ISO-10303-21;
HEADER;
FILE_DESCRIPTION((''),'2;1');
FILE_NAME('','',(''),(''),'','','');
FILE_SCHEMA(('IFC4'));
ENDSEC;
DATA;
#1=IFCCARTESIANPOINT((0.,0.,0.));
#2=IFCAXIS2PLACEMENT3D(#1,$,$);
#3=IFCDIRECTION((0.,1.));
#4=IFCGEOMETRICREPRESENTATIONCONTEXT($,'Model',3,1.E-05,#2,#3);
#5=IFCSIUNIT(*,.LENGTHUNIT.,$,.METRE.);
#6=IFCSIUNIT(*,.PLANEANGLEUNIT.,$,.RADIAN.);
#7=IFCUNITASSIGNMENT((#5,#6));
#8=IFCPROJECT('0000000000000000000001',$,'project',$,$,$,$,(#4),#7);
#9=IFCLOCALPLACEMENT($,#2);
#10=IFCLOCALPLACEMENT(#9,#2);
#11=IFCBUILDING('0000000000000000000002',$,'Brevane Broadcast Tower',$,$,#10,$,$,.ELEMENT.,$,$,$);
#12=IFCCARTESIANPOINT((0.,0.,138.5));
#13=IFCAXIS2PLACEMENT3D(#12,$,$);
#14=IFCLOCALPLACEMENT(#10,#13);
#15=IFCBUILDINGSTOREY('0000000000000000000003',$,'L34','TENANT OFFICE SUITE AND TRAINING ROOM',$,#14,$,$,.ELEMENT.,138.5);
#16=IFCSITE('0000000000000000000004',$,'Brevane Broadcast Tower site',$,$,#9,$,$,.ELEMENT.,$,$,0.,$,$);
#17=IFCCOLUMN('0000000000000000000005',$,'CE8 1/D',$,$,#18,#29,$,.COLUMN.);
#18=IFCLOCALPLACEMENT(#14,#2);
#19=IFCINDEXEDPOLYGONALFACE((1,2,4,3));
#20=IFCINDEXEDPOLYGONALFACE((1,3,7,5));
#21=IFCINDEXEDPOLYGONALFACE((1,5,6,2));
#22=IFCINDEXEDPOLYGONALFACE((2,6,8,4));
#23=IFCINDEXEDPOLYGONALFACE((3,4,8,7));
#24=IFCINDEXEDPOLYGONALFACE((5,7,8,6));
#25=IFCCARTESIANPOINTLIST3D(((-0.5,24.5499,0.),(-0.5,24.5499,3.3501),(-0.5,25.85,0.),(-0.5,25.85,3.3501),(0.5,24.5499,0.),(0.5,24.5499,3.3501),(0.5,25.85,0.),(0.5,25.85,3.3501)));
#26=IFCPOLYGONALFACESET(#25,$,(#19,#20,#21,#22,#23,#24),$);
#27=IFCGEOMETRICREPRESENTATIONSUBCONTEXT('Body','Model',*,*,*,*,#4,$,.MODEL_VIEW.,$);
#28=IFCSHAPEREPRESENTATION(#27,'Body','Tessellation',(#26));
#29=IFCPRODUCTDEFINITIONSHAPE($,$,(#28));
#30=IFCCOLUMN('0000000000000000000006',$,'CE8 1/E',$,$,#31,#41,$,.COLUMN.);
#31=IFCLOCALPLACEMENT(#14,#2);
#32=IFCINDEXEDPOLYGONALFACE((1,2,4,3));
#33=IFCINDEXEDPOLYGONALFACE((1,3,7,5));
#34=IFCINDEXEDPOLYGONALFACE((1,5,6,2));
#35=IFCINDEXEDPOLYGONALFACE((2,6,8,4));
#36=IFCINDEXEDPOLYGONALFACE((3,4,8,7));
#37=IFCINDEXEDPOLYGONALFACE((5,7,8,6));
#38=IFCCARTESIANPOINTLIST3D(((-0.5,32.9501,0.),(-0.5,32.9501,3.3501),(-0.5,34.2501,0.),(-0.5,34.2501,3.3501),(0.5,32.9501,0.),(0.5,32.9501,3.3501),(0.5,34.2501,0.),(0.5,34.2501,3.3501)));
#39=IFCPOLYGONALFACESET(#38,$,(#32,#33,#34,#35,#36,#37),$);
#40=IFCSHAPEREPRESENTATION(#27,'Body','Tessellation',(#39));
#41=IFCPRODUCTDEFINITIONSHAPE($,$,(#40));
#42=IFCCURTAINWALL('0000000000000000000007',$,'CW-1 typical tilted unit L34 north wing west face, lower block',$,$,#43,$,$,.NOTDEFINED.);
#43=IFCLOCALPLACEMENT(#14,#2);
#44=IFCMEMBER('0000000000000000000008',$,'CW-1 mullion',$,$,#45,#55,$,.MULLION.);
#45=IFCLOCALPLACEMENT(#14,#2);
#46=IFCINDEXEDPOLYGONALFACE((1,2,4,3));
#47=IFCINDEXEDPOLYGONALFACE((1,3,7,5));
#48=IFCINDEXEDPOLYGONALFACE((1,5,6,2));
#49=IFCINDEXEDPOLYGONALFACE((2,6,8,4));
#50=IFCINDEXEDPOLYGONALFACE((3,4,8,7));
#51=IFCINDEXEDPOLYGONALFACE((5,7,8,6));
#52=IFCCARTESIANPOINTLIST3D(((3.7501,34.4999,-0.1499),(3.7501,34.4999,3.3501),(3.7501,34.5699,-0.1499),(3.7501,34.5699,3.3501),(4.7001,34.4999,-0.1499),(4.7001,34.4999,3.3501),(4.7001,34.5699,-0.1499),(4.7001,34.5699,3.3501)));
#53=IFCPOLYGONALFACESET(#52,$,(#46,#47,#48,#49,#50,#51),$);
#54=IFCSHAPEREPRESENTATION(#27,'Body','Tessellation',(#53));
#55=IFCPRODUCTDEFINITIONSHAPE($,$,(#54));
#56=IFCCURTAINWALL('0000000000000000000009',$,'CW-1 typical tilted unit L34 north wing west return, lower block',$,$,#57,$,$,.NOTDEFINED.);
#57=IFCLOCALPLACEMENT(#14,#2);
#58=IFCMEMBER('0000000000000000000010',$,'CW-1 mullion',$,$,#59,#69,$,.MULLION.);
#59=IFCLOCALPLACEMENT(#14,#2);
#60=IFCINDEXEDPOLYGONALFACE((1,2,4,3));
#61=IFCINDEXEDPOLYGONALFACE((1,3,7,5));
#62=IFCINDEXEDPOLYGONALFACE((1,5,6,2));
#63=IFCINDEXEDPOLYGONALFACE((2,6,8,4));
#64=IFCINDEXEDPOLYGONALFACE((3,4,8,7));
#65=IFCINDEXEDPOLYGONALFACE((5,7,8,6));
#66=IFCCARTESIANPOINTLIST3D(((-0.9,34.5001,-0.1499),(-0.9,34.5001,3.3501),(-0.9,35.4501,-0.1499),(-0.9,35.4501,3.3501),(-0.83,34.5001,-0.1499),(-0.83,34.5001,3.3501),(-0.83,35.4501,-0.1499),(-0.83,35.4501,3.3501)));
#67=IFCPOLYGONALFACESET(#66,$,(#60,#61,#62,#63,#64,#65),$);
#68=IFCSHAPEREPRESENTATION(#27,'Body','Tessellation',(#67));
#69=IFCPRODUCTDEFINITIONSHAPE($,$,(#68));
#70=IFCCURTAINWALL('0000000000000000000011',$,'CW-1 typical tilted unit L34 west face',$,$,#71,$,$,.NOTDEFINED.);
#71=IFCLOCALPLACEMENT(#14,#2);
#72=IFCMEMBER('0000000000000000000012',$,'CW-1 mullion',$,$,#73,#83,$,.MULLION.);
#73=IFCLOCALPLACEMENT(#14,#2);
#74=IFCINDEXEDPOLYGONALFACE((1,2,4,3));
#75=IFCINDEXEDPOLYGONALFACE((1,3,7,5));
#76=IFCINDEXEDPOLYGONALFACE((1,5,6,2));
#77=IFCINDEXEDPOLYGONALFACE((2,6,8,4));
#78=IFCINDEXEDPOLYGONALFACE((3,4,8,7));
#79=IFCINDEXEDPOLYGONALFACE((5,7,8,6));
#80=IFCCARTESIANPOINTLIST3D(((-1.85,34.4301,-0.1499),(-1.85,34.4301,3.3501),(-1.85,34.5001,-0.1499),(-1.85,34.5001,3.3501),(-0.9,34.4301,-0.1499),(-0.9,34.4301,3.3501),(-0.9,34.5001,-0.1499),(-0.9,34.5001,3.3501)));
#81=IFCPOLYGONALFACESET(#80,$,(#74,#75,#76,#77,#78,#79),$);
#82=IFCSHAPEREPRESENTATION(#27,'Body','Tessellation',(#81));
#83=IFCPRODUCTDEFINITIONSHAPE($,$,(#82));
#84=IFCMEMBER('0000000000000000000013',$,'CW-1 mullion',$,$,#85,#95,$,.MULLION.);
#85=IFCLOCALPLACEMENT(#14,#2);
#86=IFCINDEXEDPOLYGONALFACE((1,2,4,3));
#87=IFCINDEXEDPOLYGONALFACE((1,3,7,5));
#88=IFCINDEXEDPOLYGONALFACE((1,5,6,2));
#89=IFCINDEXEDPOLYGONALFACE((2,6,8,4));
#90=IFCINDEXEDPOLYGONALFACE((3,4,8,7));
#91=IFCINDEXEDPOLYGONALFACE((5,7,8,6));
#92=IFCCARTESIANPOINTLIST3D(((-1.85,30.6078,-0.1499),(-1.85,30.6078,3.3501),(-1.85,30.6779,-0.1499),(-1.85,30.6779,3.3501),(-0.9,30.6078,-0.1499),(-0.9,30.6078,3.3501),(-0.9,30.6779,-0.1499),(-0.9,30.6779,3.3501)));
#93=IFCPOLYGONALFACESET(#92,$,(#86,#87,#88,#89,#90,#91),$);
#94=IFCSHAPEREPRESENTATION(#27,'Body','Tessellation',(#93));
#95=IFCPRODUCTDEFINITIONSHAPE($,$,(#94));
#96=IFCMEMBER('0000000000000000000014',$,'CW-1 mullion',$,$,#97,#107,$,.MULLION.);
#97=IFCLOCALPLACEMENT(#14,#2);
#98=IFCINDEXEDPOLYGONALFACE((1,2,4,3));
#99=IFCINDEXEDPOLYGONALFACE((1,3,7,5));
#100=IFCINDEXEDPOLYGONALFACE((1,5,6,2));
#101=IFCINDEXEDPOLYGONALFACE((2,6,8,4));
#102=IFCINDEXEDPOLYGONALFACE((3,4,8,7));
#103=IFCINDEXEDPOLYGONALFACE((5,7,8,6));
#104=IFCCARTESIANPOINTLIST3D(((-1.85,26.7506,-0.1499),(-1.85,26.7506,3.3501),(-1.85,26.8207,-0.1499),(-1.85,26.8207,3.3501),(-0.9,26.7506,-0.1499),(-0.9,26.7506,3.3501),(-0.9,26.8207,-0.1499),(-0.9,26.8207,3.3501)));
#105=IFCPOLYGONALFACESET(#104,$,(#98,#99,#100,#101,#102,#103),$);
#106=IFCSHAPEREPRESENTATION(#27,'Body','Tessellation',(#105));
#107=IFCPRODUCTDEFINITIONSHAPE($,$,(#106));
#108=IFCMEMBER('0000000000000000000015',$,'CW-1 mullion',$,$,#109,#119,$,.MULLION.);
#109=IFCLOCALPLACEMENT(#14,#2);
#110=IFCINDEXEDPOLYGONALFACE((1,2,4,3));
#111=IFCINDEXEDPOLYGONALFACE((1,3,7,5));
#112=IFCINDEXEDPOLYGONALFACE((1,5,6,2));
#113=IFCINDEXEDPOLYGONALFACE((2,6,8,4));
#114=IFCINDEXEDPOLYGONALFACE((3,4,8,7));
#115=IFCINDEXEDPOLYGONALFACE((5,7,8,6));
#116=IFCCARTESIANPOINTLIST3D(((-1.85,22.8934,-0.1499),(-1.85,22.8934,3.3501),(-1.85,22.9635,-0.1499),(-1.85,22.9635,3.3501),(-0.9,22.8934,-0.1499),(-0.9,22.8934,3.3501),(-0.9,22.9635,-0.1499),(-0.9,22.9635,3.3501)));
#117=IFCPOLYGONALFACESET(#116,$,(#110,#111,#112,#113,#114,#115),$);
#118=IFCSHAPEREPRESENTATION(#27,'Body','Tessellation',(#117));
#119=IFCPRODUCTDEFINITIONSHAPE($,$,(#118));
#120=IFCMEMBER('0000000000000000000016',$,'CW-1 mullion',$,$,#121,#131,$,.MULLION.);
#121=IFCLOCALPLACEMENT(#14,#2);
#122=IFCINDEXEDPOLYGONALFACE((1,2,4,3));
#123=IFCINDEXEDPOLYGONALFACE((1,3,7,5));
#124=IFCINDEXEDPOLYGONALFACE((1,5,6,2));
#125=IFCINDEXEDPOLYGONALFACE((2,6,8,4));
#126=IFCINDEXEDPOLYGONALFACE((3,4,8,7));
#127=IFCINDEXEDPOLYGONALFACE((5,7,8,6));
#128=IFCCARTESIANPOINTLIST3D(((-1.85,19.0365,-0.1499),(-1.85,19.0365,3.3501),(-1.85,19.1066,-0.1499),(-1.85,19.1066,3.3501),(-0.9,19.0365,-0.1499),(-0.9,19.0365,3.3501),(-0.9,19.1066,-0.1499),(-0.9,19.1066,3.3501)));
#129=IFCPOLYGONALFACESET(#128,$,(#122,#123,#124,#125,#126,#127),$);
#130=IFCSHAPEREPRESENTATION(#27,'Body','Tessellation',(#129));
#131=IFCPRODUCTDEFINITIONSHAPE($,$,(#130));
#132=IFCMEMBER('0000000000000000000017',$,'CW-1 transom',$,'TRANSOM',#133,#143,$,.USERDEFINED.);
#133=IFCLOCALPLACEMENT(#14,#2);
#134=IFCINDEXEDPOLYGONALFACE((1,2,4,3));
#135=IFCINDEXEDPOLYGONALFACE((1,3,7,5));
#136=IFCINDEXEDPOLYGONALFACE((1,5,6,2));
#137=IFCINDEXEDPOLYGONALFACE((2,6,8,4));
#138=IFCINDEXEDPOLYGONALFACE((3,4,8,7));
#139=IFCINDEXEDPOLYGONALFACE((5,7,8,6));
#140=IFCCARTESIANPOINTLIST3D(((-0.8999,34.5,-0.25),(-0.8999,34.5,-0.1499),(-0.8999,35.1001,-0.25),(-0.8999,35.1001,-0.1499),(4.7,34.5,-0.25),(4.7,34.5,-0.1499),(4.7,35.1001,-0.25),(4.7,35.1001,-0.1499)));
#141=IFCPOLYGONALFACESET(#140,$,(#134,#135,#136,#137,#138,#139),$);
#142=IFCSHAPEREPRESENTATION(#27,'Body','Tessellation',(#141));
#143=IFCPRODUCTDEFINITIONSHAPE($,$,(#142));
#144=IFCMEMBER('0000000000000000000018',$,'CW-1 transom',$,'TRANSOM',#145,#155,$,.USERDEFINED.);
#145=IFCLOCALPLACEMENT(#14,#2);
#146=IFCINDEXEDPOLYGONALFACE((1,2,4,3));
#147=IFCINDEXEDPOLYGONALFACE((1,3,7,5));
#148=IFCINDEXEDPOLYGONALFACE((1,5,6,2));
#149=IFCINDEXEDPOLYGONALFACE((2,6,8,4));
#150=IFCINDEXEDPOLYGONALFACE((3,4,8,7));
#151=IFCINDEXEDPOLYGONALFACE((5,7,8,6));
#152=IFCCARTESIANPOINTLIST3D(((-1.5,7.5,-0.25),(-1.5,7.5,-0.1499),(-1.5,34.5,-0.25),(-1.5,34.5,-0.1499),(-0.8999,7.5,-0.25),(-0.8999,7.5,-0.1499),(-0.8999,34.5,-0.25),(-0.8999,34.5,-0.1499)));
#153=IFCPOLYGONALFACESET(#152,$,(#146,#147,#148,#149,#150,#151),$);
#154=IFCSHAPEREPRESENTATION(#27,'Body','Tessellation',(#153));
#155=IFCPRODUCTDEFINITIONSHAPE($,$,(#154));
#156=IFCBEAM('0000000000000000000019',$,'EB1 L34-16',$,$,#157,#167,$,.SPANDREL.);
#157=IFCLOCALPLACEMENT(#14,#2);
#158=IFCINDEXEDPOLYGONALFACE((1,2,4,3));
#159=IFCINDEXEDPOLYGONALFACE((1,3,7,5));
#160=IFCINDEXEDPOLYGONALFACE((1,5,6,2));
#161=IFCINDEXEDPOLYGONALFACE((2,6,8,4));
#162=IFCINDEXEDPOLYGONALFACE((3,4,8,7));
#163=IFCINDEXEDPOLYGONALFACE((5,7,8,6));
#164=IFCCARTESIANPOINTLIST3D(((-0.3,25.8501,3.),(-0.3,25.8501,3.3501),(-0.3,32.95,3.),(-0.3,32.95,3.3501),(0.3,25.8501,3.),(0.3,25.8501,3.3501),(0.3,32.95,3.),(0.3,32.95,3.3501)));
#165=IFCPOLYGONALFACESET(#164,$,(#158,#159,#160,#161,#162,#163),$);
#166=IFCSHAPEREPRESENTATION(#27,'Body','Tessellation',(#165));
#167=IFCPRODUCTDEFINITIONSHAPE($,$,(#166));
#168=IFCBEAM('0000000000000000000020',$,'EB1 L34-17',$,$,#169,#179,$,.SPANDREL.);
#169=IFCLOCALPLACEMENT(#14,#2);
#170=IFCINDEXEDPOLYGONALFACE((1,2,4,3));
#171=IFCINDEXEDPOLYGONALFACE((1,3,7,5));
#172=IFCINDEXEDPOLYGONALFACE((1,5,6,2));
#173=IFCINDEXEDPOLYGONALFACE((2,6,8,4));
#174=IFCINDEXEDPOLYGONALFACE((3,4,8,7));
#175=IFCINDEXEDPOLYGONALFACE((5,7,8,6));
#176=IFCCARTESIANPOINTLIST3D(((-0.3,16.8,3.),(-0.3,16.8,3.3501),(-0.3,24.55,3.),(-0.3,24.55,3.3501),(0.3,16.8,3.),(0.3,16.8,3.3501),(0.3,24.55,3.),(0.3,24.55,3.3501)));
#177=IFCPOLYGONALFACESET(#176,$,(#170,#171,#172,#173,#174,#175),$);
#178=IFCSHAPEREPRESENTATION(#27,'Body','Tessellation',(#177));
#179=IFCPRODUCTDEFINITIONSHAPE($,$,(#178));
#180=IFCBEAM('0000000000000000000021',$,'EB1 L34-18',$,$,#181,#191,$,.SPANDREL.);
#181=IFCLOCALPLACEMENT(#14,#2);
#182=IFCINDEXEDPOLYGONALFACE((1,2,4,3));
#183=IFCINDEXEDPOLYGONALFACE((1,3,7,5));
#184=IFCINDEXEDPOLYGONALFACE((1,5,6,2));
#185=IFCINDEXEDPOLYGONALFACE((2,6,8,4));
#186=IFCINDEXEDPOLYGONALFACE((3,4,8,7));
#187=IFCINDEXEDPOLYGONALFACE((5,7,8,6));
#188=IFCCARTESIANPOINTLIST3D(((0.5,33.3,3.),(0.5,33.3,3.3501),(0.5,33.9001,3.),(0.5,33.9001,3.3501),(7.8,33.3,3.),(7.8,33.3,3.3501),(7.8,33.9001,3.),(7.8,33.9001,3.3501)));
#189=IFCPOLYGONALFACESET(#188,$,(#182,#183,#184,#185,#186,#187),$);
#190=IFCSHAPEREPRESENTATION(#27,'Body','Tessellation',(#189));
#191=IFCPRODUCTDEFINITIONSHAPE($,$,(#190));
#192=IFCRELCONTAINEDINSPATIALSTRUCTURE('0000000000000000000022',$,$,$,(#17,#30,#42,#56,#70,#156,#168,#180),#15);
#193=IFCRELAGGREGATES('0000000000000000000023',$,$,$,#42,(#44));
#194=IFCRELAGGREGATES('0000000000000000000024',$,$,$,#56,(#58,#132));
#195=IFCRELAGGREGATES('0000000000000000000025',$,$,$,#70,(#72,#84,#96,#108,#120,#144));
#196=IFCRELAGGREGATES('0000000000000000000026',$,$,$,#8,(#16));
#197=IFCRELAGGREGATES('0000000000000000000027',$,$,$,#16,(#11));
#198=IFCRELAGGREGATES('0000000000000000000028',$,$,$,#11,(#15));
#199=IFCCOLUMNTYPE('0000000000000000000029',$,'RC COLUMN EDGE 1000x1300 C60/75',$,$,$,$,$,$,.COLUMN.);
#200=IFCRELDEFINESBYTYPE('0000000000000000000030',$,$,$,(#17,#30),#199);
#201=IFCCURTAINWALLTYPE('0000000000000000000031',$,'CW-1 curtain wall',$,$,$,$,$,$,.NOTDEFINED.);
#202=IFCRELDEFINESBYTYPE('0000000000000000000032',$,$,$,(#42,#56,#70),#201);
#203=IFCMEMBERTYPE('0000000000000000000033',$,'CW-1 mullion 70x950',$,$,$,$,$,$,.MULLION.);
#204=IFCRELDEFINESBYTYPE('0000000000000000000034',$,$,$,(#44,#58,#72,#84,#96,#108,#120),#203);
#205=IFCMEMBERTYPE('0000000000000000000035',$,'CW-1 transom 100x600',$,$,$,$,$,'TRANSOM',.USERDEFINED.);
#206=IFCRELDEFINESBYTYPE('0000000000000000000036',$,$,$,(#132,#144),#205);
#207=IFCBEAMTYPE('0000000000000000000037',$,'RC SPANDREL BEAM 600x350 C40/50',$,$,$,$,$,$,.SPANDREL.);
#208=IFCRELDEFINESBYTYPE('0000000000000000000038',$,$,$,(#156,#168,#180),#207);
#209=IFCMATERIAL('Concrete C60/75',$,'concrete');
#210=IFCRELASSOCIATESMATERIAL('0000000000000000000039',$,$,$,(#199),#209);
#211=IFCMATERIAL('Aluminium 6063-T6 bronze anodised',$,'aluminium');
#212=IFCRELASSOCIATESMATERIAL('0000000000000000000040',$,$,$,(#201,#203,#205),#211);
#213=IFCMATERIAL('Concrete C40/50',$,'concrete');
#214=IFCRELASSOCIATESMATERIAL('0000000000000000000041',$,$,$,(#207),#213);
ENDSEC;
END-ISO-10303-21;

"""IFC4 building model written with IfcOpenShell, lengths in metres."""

from ifc_helpers import new_model, si_unit, direction, frame, origin, origin_2d, place, context, subcontext, project, spatial, rectangle, extrude, material, material_profile, profile_set, type_object, element, aggregate, save


model = new_model("IFC4")

# Units and contexts
model_context = context("Model", 3, precision=1e-05, world=origin(), true_north=direction((0.0, 1.0)))
body_context = subcontext(model_context, "Body", "Model", "MODEL_VIEW")
ifc_project = project(units=[si_unit("LENGTHUNIT", "METRE"), si_unit("PLANEANGLEUNIT", "RADIAN")], contexts=[model_context])

# Site, building, storey
site_placement = place(None, origin())
site = spatial("IfcSite", under=ifc_project, at=site_placement, Name="Brevane Broadcast Tower site", CompositionType="ELEMENT", RefElevation=0.0)
building_placement = place(site_placement, origin())
building = spatial("IfcBuilding", under=site, at=building_placement, Name="Brevane Broadcast Tower", CompositionType="ELEMENT")
storey_placement = place(building_placement, frame((0.0, 0.0, 138.5)))
storey = spatial("IfcBuildingStorey", under=building, at=storey_placement, Name="L34", Description="TENANT OFFICE SUITE AND TRAINING ROOM", CompositionType="ELEMENT", Elevation=138.5)

# Columns
ifc_material_1 = material(Name="Concrete C60/75", Category="concrete")
ifc_material_profile_1 = material_profile(ifc_material_1, rectangle(XDim=1.0, YDim=1.3, at=origin_2d()), Name="RC 1000x1300")
ifc_profile_set_1 = profile_set([ifc_material_profile_1], Name="Concrete C60/75")
column_type = type_object("IfcColumnType", Name="RC COLUMN EDGE 1000x1300 C60/75", PredefinedType="COLUMN", material=ifc_profile_set_1)
for number, where, z_axis, x_axis, name in (
    (1, (0.0, 25.2, 0.0), (0.0, 0.0, 1.0), (1.0, 0.0, 0.0), "CE8 1/D"),
    (2, (0.0, 33.6001, 0.0), (0.0, 0.0, 1.0), (1.0, 0.0, 0.0), "CE8 1/E"),
):
    element("IfcColumn", number, at=place(storey_placement, frame(where, z_axis=z_axis, x_axis=x_axis)), inside=storey, type_object=column_type, Name=name, PredefinedType="COLUMN", context=body_context, shape_type="SweptSolid", body=[
        extrude(rectangle(XDim=1.0, YDim=1.3, at=origin_2d()), origin(), (0.0, 0.0, 1.0), 3.3501),
    ])

# Curtain walls, members
ifc_material_2 = material(Name="Aluminium 6063-T6 bronze anodised", Category="aluminium")
curtain_wall_type = type_object("IfcCurtainWallType", Name="CW-1 curtain wall", PredefinedType="NOTDEFINED", material=ifc_material_2)
curtain_wall_1_placement = place(storey_placement, origin())
curtain_wall_1 = element("IfcCurtainWall", 3, at=curtain_wall_1_placement, inside=storey, type_object=curtain_wall_type, Name="CW-1 typical tilted unit L34 north wing west face, lower block", PredefinedType="NOTDEFINED")
ifc_material_profile_2 = material_profile(ifc_material_2, rectangle(XDim=0.95, YDim=0.0701, at=origin_2d()), Name="RECT 70x950")
ifc_profile_set_2 = profile_set([ifc_material_profile_2], Name="Aluminium 6063-T6 bronze anodised")
member_type_1 = type_object("IfcMemberType", Name="CW-1 mullion 70x950", PredefinedType="MULLION", material=ifc_profile_set_2)
member_1_placement = place(storey_placement, frame((4.2251, 34.5349, -0.1499), z_axis=(0.0, 0.0, 1.0), x_axis=(1.0, 0.0, 0.0)))
member_1 = element("IfcMember", 4, at=member_1_placement, type_object=member_type_1, Name="CW-1 mullion", PredefinedType="MULLION", context=body_context, shape_type="SweptSolid", body=[
    extrude(rectangle(XDim=0.95, YDim=0.0701, at=origin_2d()), origin(), (0.0, 0.0, 1.0), 3.5),
])
aggregate(curtain_wall_1, [member_1])
curtain_wall_2_placement = place(storey_placement, origin())
curtain_wall_2 = element("IfcCurtainWall", 5, at=curtain_wall_2_placement, inside=storey, type_object=curtain_wall_type, Name="CW-1 typical tilted unit L34 north wing west return, lower block", PredefinedType="NOTDEFINED")
member_2_placement = place(storey_placement, frame((-0.865, 34.9751, -0.1499), z_axis=(0.0, 0.0, 1.0), x_axis=(0.0, -1.0, 0.0)))
member_2 = element("IfcMember", 6, at=member_2_placement, type_object=member_type_1, Name="CW-1 mullion", PredefinedType="MULLION", context=body_context, shape_type="SweptSolid", body=[
    extrude(rectangle(XDim=0.95, YDim=0.0701, at=origin_2d()), origin(), (0.0, 0.0, 1.0), 3.5),
])

# Curtain wall, members
curtain_wall_3_placement = place(storey_placement, origin())
curtain_wall_3 = element("IfcCurtainWall", 7, at=curtain_wall_3_placement, inside=storey, type_object=curtain_wall_type, Name="CW-1 typical tilted unit L34 west face", PredefinedType="NOTDEFINED")
member_3_placement = place(storey_placement, frame((-1.375, 34.4651, -0.1499), z_axis=(0.0, 0.0, 1.0), x_axis=(1.0, 0.0, 0.0)))
member_3 = element("IfcMember", 8, at=member_3_placement, type_object=member_type_1, Name="CW-1 mullion", PredefinedType="MULLION", context=body_context, shape_type="SweptSolid", body=[
    extrude(rectangle(XDim=0.95, YDim=0.0701, at=origin_2d()), origin(), (0.0, 0.0, 1.0), 3.5),
])
member_4_placement = place(storey_placement, frame((-1.375, 30.6428, -0.1499), z_axis=(0.0, 0.0, 1.0), x_axis=(1.0, 0.0, 0.0)))
member_4 = element("IfcMember", 9, at=member_4_placement, type_object=member_type_1, Name="CW-1 mullion", PredefinedType="MULLION", context=body_context, shape_type="SweptSolid", body=[
    extrude(rectangle(XDim=0.95, YDim=0.0701, at=origin_2d()), origin(), (0.0, 0.0, 1.0), 3.5),
])
member_5_placement = place(storey_placement, frame((-1.375, 26.7856, -0.1499), z_axis=(0.0, 0.0, 1.0), x_axis=(1.0, 0.0, 0.0)))
member_5 = element("IfcMember", 10, at=member_5_placement, type_object=member_type_1, Name="CW-1 mullion", PredefinedType="MULLION", context=body_context, shape_type="SweptSolid", body=[
    extrude(rectangle(XDim=0.95, YDim=0.0701, at=origin_2d()), origin(), (0.0, 0.0, 1.0), 3.5),
])
member_6_placement = place(storey_placement, frame((-1.375, 22.9285, -0.1499), z_axis=(0.0, 0.0, 1.0), x_axis=(1.0, 0.0, 0.0)))
member_6 = element("IfcMember", 11, at=member_6_placement, type_object=member_type_1, Name="CW-1 mullion", PredefinedType="MULLION", context=body_context, shape_type="SweptSolid", body=[
    extrude(rectangle(XDim=0.95, YDim=0.0701, at=origin_2d()), origin(), (0.0, 0.0, 1.0), 3.5),
])
member_7_placement = place(storey_placement, frame((-1.375, 19.0715, -0.1499), z_axis=(0.0, 0.0, 1.0), x_axis=(1.0, 0.0, 0.0)))
member_7 = element("IfcMember", 12, at=member_7_placement, type_object=member_type_1, Name="CW-1 mullion", PredefinedType="MULLION", context=body_context, shape_type="SweptSolid", body=[
    extrude(rectangle(XDim=0.95, YDim=0.0701, at=origin_2d()), origin(), (0.0, 0.0, 1.0), 3.5),
])

# Members
ifc_material_profile_3 = material_profile(ifc_material_2, rectangle(XDim=0.6001, YDim=0.1001, at=origin_2d()), Name="RECT 100x600")
ifc_profile_set_3 = profile_set([ifc_material_profile_3], Name="Aluminium 6063-T6 bronze anodised")
member_type_2 = type_object("IfcMemberType", Name="CW-1 transom 100x600", ElementType="TRANSOM", PredefinedType="USERDEFINED", material=ifc_profile_set_3)
member_8_placement = place(storey_placement, frame((4.7, 34.8, -0.2), z_axis=(-1.0, 0.0, 0.0), x_axis=(0.0, -1.0, 0.0)))
member_8 = element("IfcMember", 13, at=member_8_placement, type_object=member_type_2, Name="CW-1 transom", ObjectType="TRANSOM", PredefinedType="USERDEFINED", context=body_context, shape_type="SweptSolid", body=[
    extrude(rectangle(XDim=0.6001, YDim=0.1001, at=origin_2d()), origin(), (0.0, 0.0, 1.0), 5.5999),
])
aggregate(curtain_wall_2, [member_2, member_8])
member_9_placement = place(storey_placement, frame((-1.2, 34.5, -0.2), z_axis=(0.0, -1.0, 0.0), x_axis=(1.0, 0.0, 0.0)))
member_9 = element("IfcMember", 14, at=member_9_placement, type_object=member_type_2, Name="CW-1 transom", ObjectType="TRANSOM", PredefinedType="USERDEFINED", context=body_context, shape_type="SweptSolid", body=[
    extrude(rectangle(XDim=0.6001, YDim=0.1001, at=origin_2d()), origin(), (0.0, 0.0, 1.0), 27.0),
])
aggregate(curtain_wall_3, [member_3, member_4, member_5, member_6, member_7, member_9])

# Beams
ifc_material_3 = material(Name="Concrete C40/50", Category="concrete")
ifc_material_profile_4 = material_profile(ifc_material_3, rectangle(XDim=0.6001, YDim=0.3501, at=origin_2d()), Name="RC 600x350")
ifc_profile_set_4 = profile_set([ifc_material_profile_4], Name="Concrete C40/50")
beam_type = type_object("IfcBeamType", Name="RC SPANDREL BEAM 600x350 C40/50", PredefinedType="SPANDREL", material=ifc_profile_set_4)
beam_1_placement = place(storey_placement, frame((0.0, 32.95, 3.175), z_axis=(0.0, -1.0, 0.0), x_axis=(1.0, 0.0, 0.0)))
element("IfcBeam", 15, at=beam_1_placement, inside=storey, type_object=beam_type, Name="EB1 L34-16", PredefinedType="SPANDREL", context=body_context, shape_type="SweptSolid", body=[
    extrude(rectangle(XDim=0.6001, YDim=0.3501, at=origin_2d()), origin(), (0.0, 0.0, 1.0), 7.0999),
])
beam_2_placement = place(storey_placement, frame((0.0, 24.55, 3.175), z_axis=(0.0, -1.0, 0.0), x_axis=(1.0, 0.0, 0.0)))
element("IfcBeam", 16, at=beam_2_placement, inside=storey, type_object=beam_type, Name="EB1 L34-17", PredefinedType="SPANDREL", context=body_context, shape_type="SweptSolid", body=[
    extrude(rectangle(XDim=0.6001, YDim=0.3501, at=origin_2d()), origin(), (0.0, 0.0, 1.0), 7.75),
])
beam_3_placement = place(storey_placement, frame((0.5, 33.6001, 3.175), z_axis=(1.0, 0.0, 0.0), x_axis=(0.0, 1.0, 0.0)))
element("IfcBeam", 17, at=beam_3_placement, inside=storey, type_object=beam_type, Name="EB1 L34-18", PredefinedType="SPANDREL", context=body_context, shape_type="SweptSolid", body=[
    extrude(rectangle(XDim=0.6001, YDim=0.3501, at=origin_2d()), origin(), (0.0, 0.0, 1.0), 7.3),
])

save(model, "model.ifc")
